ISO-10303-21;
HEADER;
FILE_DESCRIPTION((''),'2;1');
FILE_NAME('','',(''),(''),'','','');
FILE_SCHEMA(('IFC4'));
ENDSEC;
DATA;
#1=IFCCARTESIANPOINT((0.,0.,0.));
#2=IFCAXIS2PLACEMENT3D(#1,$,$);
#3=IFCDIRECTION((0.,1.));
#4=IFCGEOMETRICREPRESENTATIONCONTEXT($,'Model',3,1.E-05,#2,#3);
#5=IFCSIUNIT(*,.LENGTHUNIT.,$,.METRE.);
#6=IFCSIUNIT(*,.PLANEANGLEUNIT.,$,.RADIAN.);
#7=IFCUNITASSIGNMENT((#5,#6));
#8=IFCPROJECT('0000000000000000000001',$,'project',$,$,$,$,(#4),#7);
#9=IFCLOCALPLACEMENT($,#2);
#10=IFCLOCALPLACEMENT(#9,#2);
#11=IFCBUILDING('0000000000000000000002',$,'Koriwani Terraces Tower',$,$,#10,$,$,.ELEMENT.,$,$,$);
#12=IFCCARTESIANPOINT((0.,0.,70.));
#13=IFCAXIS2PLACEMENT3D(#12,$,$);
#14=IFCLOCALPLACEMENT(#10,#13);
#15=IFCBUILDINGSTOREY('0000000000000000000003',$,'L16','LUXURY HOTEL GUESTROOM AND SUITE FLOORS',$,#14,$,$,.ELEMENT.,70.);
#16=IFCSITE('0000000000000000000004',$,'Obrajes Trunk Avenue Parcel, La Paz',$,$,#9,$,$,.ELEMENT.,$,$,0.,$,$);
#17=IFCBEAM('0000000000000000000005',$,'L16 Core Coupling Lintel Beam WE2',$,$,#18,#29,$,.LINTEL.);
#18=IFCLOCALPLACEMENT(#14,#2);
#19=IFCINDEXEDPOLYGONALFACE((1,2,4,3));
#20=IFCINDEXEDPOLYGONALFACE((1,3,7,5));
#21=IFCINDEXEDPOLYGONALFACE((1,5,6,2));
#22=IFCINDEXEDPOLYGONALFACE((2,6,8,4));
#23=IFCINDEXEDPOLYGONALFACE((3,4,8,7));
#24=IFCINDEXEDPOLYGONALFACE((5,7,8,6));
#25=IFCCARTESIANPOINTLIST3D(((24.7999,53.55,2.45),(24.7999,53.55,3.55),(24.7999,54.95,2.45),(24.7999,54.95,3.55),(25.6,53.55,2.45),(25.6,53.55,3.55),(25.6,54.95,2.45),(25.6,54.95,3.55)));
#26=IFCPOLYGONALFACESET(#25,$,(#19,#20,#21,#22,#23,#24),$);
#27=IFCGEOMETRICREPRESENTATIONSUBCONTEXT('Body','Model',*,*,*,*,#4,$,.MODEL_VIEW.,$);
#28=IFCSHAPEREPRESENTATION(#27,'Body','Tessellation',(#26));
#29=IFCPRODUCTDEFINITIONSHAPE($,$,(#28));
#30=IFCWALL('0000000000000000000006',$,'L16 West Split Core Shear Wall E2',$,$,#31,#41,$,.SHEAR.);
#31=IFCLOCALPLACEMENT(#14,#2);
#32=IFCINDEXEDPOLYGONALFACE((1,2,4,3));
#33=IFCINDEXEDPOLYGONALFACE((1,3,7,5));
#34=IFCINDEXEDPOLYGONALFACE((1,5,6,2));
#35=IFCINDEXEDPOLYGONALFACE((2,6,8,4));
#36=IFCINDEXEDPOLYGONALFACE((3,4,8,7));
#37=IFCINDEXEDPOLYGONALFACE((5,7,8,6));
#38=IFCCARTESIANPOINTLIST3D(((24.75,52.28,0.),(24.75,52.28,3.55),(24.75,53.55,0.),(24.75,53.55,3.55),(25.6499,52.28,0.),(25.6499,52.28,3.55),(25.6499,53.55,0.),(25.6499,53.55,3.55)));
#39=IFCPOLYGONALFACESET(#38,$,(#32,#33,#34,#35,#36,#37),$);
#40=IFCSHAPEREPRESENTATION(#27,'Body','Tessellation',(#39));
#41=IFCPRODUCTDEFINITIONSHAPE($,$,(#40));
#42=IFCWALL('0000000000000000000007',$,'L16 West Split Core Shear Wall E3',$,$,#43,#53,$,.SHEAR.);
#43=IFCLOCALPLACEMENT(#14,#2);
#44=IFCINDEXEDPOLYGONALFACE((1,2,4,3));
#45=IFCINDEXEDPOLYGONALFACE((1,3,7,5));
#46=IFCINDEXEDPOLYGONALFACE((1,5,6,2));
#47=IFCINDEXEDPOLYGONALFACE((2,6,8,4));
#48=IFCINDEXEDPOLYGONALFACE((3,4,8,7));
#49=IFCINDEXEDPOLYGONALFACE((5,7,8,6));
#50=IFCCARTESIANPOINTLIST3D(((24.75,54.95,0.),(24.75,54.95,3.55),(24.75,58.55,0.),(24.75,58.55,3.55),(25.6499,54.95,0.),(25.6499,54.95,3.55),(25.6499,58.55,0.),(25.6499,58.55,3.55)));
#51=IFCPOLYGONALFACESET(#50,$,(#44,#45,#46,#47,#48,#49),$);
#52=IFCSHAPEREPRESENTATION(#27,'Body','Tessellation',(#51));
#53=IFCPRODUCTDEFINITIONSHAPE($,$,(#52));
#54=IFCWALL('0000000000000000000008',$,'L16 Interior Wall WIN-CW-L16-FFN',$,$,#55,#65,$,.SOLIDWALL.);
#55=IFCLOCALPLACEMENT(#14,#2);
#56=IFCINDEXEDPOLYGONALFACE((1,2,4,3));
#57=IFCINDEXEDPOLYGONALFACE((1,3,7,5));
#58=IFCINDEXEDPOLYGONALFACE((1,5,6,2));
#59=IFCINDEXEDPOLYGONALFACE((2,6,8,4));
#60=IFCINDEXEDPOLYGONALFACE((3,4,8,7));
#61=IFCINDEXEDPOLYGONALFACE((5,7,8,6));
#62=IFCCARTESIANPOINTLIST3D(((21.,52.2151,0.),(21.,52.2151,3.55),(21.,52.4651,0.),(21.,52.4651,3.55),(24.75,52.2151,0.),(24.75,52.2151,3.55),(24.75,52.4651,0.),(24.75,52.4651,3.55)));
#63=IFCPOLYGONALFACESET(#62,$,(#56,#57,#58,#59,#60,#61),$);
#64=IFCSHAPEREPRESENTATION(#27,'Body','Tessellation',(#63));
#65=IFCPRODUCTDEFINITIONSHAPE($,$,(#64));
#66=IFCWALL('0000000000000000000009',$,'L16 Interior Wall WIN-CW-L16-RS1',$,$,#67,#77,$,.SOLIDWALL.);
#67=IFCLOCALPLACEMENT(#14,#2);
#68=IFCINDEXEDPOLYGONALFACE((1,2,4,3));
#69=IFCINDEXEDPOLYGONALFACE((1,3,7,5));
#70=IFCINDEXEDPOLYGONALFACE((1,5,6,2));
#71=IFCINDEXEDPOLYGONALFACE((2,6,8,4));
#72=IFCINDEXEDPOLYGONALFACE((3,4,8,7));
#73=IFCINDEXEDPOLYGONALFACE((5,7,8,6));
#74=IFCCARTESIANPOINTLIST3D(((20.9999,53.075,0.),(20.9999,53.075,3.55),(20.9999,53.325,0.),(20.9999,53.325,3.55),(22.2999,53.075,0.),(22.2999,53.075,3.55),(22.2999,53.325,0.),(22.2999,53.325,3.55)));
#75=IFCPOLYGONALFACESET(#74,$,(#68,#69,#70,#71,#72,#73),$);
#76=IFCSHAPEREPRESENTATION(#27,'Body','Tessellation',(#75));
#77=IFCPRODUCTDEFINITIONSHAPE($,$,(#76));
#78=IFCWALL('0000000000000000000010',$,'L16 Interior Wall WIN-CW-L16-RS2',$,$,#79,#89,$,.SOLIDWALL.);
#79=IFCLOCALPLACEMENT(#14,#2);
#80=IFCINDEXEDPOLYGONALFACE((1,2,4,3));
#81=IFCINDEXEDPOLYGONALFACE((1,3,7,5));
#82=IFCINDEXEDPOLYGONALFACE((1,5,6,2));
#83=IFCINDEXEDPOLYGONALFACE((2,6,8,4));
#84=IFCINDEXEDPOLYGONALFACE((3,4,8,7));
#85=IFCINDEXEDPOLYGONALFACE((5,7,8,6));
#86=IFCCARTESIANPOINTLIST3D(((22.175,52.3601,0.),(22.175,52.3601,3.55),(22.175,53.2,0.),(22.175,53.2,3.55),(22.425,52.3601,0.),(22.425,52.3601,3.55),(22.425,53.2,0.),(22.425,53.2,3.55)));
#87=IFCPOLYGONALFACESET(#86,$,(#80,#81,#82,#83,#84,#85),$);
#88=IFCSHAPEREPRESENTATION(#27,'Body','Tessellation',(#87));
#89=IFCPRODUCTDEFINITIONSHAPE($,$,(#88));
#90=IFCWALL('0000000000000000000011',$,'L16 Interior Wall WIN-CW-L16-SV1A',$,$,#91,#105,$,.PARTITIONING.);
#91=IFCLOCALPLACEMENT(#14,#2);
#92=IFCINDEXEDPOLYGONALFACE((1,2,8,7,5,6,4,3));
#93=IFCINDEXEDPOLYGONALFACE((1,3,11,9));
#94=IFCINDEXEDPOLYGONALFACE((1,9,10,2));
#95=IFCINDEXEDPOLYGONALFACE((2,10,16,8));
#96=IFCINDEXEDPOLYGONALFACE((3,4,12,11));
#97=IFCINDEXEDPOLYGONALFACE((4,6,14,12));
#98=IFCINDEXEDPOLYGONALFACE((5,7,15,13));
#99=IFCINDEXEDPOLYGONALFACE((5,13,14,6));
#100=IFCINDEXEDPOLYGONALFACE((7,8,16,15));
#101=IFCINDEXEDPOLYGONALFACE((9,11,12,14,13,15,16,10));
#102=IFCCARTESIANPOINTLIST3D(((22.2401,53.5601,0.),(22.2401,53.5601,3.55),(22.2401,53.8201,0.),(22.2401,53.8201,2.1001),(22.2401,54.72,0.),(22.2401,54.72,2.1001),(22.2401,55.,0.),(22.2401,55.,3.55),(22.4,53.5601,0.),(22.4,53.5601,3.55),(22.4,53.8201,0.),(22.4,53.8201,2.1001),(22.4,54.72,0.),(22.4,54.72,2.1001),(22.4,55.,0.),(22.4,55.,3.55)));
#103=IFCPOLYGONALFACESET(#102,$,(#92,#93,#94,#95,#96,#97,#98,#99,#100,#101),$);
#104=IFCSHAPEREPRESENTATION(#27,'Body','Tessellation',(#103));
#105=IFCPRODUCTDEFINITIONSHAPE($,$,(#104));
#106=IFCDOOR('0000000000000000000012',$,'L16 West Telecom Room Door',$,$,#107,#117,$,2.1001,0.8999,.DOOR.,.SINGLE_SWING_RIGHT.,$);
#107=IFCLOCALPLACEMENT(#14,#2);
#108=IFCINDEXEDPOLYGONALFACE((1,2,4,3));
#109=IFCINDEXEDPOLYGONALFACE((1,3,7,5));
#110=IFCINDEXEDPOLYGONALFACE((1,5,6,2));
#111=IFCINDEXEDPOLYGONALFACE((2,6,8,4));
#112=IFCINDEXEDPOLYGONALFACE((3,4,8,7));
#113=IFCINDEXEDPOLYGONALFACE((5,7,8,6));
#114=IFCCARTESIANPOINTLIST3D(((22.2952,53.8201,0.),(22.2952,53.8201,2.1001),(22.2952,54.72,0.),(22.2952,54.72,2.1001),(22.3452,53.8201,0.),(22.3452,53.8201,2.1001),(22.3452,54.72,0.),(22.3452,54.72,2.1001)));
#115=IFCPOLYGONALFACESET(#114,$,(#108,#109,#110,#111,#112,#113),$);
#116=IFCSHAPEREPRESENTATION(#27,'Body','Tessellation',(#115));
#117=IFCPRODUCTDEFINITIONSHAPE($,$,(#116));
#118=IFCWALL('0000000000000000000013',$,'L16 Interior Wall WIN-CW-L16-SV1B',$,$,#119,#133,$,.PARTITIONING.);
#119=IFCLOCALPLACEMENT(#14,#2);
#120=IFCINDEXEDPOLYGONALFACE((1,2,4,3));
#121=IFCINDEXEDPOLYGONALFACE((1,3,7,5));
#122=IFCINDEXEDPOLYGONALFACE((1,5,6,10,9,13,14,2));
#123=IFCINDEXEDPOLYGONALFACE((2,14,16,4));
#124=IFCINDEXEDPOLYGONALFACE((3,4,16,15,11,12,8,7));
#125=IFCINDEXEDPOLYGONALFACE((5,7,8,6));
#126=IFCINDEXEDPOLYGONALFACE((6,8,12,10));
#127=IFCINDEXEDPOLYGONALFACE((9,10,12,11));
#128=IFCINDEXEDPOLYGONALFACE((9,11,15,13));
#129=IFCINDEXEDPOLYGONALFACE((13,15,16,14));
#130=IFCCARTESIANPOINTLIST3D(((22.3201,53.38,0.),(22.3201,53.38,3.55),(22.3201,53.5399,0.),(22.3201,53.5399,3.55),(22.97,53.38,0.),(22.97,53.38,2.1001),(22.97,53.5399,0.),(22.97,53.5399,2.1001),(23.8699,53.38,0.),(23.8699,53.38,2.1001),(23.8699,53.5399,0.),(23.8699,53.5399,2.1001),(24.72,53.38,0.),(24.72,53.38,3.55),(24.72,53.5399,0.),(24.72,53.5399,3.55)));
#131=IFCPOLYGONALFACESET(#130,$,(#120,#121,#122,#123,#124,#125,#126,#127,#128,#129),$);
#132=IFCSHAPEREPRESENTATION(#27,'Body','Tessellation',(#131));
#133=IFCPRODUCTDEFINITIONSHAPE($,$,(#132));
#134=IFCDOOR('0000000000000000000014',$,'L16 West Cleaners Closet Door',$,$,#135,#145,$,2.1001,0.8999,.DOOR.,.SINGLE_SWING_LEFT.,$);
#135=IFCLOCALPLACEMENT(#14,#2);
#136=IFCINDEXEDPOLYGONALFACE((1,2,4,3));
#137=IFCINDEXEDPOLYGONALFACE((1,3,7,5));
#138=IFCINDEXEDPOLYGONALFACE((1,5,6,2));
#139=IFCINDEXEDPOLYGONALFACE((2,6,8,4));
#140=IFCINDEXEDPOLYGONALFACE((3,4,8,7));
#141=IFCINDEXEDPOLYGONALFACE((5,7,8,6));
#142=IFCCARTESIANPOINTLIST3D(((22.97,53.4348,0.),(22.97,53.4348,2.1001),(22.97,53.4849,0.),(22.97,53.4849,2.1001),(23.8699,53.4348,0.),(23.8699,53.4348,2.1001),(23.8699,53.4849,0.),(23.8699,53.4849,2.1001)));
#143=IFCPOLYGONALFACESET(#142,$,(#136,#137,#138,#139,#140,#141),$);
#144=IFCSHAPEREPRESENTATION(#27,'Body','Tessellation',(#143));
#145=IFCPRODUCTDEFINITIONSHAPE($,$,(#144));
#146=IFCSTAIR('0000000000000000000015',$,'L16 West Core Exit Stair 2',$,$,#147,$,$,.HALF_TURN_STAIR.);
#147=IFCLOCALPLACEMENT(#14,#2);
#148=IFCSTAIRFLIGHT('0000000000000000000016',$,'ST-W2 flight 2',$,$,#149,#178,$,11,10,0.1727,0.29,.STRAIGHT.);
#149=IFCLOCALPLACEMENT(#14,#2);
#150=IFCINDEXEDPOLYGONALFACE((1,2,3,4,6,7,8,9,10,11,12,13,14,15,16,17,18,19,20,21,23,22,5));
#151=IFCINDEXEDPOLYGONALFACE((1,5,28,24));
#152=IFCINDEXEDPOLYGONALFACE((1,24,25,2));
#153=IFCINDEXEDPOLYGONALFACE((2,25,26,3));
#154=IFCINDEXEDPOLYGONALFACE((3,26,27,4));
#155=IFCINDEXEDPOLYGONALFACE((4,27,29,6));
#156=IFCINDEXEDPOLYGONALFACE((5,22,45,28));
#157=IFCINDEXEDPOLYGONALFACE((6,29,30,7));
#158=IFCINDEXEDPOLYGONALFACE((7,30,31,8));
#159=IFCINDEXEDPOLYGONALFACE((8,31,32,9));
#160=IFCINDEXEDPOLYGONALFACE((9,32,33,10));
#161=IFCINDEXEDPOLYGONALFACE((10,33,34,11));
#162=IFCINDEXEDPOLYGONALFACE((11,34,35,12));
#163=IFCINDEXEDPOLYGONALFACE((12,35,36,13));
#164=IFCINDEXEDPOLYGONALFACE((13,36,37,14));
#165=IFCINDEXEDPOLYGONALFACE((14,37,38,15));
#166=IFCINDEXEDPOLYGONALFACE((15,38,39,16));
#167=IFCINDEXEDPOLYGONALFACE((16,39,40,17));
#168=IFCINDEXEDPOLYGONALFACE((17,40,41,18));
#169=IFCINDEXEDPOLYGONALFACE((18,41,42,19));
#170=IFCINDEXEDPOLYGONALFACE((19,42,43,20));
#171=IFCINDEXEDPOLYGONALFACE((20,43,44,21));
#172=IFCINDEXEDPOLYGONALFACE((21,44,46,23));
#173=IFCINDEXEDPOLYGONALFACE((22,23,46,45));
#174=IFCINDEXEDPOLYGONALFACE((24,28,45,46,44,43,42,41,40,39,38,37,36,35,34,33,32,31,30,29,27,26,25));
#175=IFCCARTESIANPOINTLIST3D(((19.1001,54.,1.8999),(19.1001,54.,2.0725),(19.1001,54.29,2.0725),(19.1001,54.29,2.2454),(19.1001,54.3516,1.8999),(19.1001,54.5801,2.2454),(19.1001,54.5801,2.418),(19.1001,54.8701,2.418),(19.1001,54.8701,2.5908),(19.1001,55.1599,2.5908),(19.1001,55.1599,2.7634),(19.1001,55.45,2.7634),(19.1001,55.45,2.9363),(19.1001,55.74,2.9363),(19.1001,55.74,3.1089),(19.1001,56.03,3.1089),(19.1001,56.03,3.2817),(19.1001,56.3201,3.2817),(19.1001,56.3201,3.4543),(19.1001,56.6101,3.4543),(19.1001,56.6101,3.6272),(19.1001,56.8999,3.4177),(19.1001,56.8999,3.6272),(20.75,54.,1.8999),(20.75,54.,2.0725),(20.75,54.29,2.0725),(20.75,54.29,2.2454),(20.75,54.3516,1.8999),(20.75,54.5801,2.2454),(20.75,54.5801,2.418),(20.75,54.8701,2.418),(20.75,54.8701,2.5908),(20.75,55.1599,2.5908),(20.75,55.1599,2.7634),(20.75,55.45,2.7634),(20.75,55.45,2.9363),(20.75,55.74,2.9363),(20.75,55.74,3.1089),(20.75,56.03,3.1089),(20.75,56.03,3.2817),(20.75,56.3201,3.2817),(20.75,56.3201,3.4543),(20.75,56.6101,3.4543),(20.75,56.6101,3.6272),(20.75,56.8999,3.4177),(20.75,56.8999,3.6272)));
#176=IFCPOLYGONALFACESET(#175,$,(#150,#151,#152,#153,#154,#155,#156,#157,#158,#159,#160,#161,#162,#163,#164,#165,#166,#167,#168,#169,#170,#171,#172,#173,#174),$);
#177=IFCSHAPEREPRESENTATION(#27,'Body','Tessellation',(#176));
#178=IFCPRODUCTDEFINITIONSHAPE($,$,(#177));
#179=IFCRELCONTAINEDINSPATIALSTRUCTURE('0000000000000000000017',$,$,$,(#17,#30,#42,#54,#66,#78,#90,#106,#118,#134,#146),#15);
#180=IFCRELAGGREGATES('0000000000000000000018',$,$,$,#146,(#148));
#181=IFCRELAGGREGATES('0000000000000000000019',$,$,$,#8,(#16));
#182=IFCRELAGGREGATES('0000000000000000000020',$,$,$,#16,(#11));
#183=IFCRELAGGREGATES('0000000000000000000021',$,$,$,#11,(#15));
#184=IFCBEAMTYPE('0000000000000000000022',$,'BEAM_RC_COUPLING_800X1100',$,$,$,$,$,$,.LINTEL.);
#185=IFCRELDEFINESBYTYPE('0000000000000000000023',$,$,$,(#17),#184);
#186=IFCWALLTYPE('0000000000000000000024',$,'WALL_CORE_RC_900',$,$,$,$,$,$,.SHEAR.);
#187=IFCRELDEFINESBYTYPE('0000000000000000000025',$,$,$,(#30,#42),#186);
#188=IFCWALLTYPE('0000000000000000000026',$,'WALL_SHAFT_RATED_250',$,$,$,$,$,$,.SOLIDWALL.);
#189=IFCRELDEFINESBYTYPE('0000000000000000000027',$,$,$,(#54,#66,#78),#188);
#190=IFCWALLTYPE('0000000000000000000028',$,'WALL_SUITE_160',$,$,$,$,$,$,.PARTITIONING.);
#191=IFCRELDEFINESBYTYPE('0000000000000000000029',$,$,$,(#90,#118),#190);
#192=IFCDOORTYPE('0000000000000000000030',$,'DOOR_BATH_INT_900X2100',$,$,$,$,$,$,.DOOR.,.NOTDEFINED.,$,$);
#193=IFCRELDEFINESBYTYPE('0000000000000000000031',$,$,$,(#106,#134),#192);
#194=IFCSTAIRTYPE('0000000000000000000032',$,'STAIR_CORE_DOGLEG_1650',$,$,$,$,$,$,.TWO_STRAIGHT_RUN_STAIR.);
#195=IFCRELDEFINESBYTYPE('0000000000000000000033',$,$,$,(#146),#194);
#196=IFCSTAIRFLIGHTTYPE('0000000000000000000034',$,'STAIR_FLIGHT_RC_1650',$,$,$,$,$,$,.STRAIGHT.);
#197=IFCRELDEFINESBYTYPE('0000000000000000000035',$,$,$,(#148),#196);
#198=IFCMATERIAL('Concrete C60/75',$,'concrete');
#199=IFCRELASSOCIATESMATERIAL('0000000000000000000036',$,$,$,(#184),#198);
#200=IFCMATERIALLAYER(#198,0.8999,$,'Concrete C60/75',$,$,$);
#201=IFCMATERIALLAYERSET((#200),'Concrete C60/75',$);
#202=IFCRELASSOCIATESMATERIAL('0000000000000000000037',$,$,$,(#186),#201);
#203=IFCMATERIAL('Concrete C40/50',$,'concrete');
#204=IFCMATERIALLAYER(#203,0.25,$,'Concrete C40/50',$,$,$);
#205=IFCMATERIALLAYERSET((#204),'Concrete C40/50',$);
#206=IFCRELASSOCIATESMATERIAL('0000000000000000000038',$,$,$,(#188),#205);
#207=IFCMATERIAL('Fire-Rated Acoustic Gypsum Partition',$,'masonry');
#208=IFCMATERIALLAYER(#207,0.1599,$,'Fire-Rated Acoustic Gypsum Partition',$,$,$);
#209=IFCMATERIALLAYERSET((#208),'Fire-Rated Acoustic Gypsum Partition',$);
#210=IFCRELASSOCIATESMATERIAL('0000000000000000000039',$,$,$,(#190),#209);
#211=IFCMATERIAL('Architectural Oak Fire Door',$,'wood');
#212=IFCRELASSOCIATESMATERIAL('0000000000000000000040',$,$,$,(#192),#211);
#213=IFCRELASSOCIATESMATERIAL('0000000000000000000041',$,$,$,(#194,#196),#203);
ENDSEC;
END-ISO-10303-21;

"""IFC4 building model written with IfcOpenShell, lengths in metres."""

from ifc_helpers import new_model, si_unit, direction, frame, frame_2d, origin, origin_2d, place, context, subcontext, project, spatial, polyline, rectangle, outline, extrude, material, layer, layer_set, material_profile, profile_set, type_object, element, fill, aggregate, save


model = new_model("IFC4")

# Units and contexts
model_context = context("Model", 3, precision=1e-05, world=origin(), true_north=direction((0.0, 1.0)))
body_context = subcontext(model_context, "Body", "Model", "MODEL_VIEW")
ifc_project = project(units=[si_unit("LENGTHUNIT", "METRE"), si_unit("PLANEANGLEUNIT", "RADIAN")], contexts=[model_context])

# Site, building, storey
site_placement = place(None, origin())
site = spatial("IfcSite", under=ifc_project, at=site_placement, Name="Obrajes Trunk Avenue Parcel, La Paz", CompositionType="ELEMENT", RefElevation=0.0)
building_placement = place(site_placement, origin())
building = spatial("IfcBuilding", under=site, at=building_placement, Name="Koriwani Terraces Tower", CompositionType="ELEMENT")
storey_placement = place(building_placement, frame((0.0, 0.0, 70.0)))
storey = spatial("IfcBuildingStorey", under=building, at=storey_placement, Name="L16", Description="LUXURY HOTEL GUESTROOM AND SUITE FLOORS", CompositionType="ELEMENT", Elevation=70.0)

# Beam
ifc_material_1 = material(Name="Concrete C60/75", Category="concrete")
ifc_material_profile = material_profile(ifc_material_1, rectangle(XDim=0.8, YDim=1.1001, at=origin_2d()), Name="Concrete C60/75", Category="LoadBearing")
ifc_profile_set = profile_set([ifc_material_profile], Name="Concrete C60/75")
beam_type = type_object("IfcBeamType", Name="BEAM_RC_COUPLING_800X1100", PredefinedType="LINTEL", material=ifc_profile_set)
beam_placement = place(storey_placement, frame((25.2, 53.55, 3.0), z_axis=(0.0, 1.0, 0.0), x_axis=(-1.0, 0.0, 0.0)))
element("IfcBeam", 1, at=beam_placement, inside=storey, type_object=beam_type, Name="L16 Core Coupling Lintel Beam WE2", PredefinedType="LINTEL", context=body_context, shape_type="SweptSolid", body=[
    extrude(rectangle(XDim=0.8, YDim=1.1001, at=origin_2d()), origin(), (0.0, 0.0, 1.0), 1.3999),
])

# Walls
ifc_layer_1 = layer(ifc_material_1, 0.8999, Name="Concrete C60/75")
ifc_layer_set_1 = layer_set([ifc_layer_1], Name="Concrete C60/75")
wall_type_1 = type_object("IfcWallType", Name="WALL_CORE_RC_900", PredefinedType="SHEAR", material=ifc_layer_set_1)
wall_1_placement = place(storey_placement, frame((25.2, 52.28, 0.0), z_axis=(0.0, 0.0, 1.0), x_axis=(0.0, 1.0, 0.0)))
element("IfcWall", 2, at=wall_1_placement, inside=storey, type_object=wall_type_1, Name="L16 West Split Core Shear Wall E2", PredefinedType="SHEAR", context=body_context, shape_type="SweptSolid", body=[
    extrude(rectangle(XDim=1.27, YDim=0.8999, at=frame_2d((0.635, 0.0))), origin(), (0.0, 0.0, 1.0), 3.55),
])
wall_2_placement = place(storey_placement, frame((25.2, 54.95, 0.0), z_axis=(0.0, 0.0, 1.0), x_axis=(0.0, 1.0, 0.0)))
element("IfcWall", 3, at=wall_2_placement, inside=storey, type_object=wall_type_1, Name="L16 West Split Core Shear Wall E3", PredefinedType="SHEAR", context=body_context, shape_type="SweptSolid", body=[
    extrude(rectangle(XDim=3.6001, YDim=0.8999, at=frame_2d((1.8, 0.0))), origin(), (0.0, 0.0, 1.0), 3.55),
])
ifc_material_2 = material(Name="Concrete C40/50", Category="concrete")
ifc_layer_2 = layer(ifc_material_2, 0.25, Name="Concrete C40/50")
ifc_layer_set_2 = layer_set([ifc_layer_2], Name="Concrete C40/50")
wall_type_2 = type_object("IfcWallType", Name="WALL_SHAFT_RATED_250", PredefinedType="SOLIDWALL", material=ifc_layer_set_2)
wall_3_placement = place(storey_placement, frame((21.0, 52.3401, 0.0), z_axis=(0.0, 0.0, 1.0), x_axis=(1.0, 0.0, 0.0)))
element("IfcWall", 4, at=wall_3_placement, inside=storey, type_object=wall_type_2, Name="L16 Interior Wall WIN-CW-L16-FFN", PredefinedType="SOLIDWALL", context=body_context, shape_type="SweptSolid", body=[
    extrude(rectangle(XDim=3.75, YDim=0.25, at=frame_2d((1.875, 0.0))), origin(), (0.0, 0.0, 1.0), 3.55),
])

# Walls
wall_4_placement = place(storey_placement, frame((21.0, 53.2, 0.0), z_axis=(0.0, 0.0, 1.0), x_axis=(1.0, 0.0, 0.0)))
element("IfcWall", 5, at=wall_4_placement, inside=storey, type_object=wall_type_2, Name="L16 Interior Wall WIN-CW-L16-RS1", PredefinedType="SOLIDWALL", context=body_context, shape_type="SweptSolid", body=[
    extrude(rectangle(XDim=1.3, YDim=0.25, at=frame_2d((0.6499, 0.0))), origin(), (0.0, 0.0, 1.0), 3.55),
])
wall_5_placement = place(storey_placement, frame((22.3, 52.3601, 0.0), z_axis=(0.0, 0.0, 1.0), x_axis=(0.0, 1.0, 0.0)))
element("IfcWall", 6, at=wall_5_placement, inside=storey, type_object=wall_type_2, Name="L16 Interior Wall WIN-CW-L16-RS2", PredefinedType="SOLIDWALL", context=body_context, shape_type="SweptSolid", body=[
    extrude(rectangle(XDim=0.8398, YDim=0.25, at=frame_2d((0.4199, 0.0))), origin(), (0.0, 0.0, 1.0), 3.55),
])

# Walls, openings, doors
ifc_material_3 = material(Name="Fire-Rated Acoustic Gypsum Partition", Category="masonry")
ifc_layer_3 = layer(ifc_material_3, 0.1599, Name="Fire-Rated Acoustic Gypsum Partition")
ifc_layer_set_3 = layer_set([ifc_layer_3], Name="Fire-Rated Acoustic Gypsum Partition")
wall_type_3 = type_object("IfcWallType", Name="WALL_SUITE_160", PredefinedType="PARTITIONING", material=ifc_layer_set_3)
wall_6_placement = place(storey_placement, frame((22.3201, 53.5601, 0.0), z_axis=(0.0, 0.0, 1.0), x_axis=(0.0, 1.0, 0.0)))
wall_6 = element("IfcWall", 7, at=wall_6_placement, inside=storey, type_object=wall_type_3, Name="L16 Interior Wall WIN-CW-L16-SV1A", PredefinedType="PARTITIONING", context=body_context, shape_type="SweptSolid", body=[
    extrude(rectangle(XDim=1.4399, YDim=0.1599, at=frame_2d((0.72, 0.0))), origin(), (0.0, 0.0, 1.0), 3.55),
])
opening_1_placement = place(wall_6_placement, frame((0.26, 0.0, 0.0)))
opening_1 = element("IfcOpeningElement", 8, at=opening_1_placement, cuts=wall_6, PredefinedType="OPENING", context=body_context, shape_type="SweptSolid", body=[
    extrude(rectangle(XDim=0.8999, YDim=2.1001, at=frame_2d((0.45, 1.05))), frame((0.0, 0.0898, 0.0), z_axis=(0.0, -1.0, 0.0), x_axis=(1.0, 0.0, 0.0)), (0.0, 0.0, 1.0), 0.1799),
])
ifc_material_4 = material(Name="Architectural Oak Fire Door", Category="wood")
door_type_1 = type_object("IfcDoorType", Name="DOOR_BATH_INT_900X2100", OperationType="NOTDEFINED", PredefinedType="DOOR", material=ifc_material_4)
door_1_placement = place(opening_1_placement, origin())
door_1 = element("IfcDoor", 9, at=door_1_placement, inside=storey, type_object=door_type_1, Name="L16 West Telecom Room Door", OperationType="SINGLE_SWING_RIGHT", OverallHeight=2.1001, OverallWidth=0.8999, PredefinedType="DOOR", context=body_context, shape_type="SweptSolid", body=[
    extrude(rectangle(XDim=0.8999, YDim=2.1001, at=frame_2d((0.45, 1.05))), frame((0.0, 0.0249, 0.0), z_axis=(0.0, -1.0, 0.0), x_axis=(1.0, 0.0, 0.0)), (0.0, 0.0, 1.0), 0.05),
])
fill(opening_1, door_1)
wall_7_placement = place(storey_placement, frame((22.3201, 53.46, 0.0), z_axis=(0.0, 0.0, 1.0), x_axis=(1.0, 0.0, 0.0)))
wall_7 = element("IfcWall", 10, at=wall_7_placement, inside=storey, type_object=wall_type_3, Name="L16 Interior Wall WIN-CW-L16-SV1B", PredefinedType="PARTITIONING", context=body_context, shape_type="SweptSolid", body=[
    extrude(rectangle(XDim=2.3999, YDim=0.1599, at=frame_2d((1.2, 0.0))), origin(), (0.0, 0.0, 1.0), 3.55),
])
opening_2_placement = place(wall_7_placement, frame((0.6499, 0.0, 0.0)))
opening_2 = element("IfcOpeningElement", 11, at=opening_2_placement, cuts=wall_7, PredefinedType="OPENING", context=body_context, shape_type="SweptSolid", body=[
    extrude(rectangle(XDim=0.8999, YDim=2.1001, at=frame_2d((0.45, 1.05))), frame((0.0, 0.0898, 0.0), z_axis=(0.0, -1.0, 0.0), x_axis=(1.0, 0.0, 0.0)), (0.0, 0.0, 1.0), 0.1799),
])
door_2_placement = place(opening_2_placement, origin())
door_2 = element("IfcDoor", 12, at=door_2_placement, inside=storey, type_object=door_type_1, Name="L16 West Cleaners Closet Door", OperationType="SINGLE_SWING_LEFT", OverallHeight=2.1001, OverallWidth=0.8999, PredefinedType="DOOR", context=body_context, shape_type="SweptSolid", body=[
    extrude(rectangle(XDim=0.8999, YDim=2.1001, at=frame_2d((0.45, 1.05))), frame((0.0, 0.0249, 0.0), z_axis=(0.0, -1.0, 0.0), x_axis=(1.0, 0.0, 0.0)), (0.0, 0.0, 1.0), 0.05),
])
fill(opening_2, door_2)

# Stair, stair flight
stair_type = type_object("IfcStairType", Name="STAIR_CORE_DOGLEG_1650", PredefinedType="TWO_STRAIGHT_RUN_STAIR", material=ifc_material_2)
stair_placement = place(storey_placement, origin())
stair = element("IfcStair", 13, at=stair_placement, inside=storey, type_object=stair_type, Name="L16 West Core Exit Stair 2", PredefinedType="HALF_TURN_STAIR")
stair_flight_type = type_object("IfcStairFlightType", Name="STAIR_FLIGHT_RC_1650", PredefinedType="STRAIGHT", material=ifc_material_2)
stair_flight_placement = place(storey_placement, frame((19.925, 54.0, 1.8999), z_axis=(0.0, 0.0, 1.0), x_axis=(0.0, 1.0, 0.0)))
stair_flight = element("IfcStairFlight", 14, at=stair_flight_placement, type_object=stair_flight_type, Name="ST-W2 flight 2", NumberOfRisers=11, NumberOfTreads=10, PredefinedType="STRAIGHT", RiserHeight=0.1727, TreadLength=0.29, context=body_context, shape_type="SweptSolid", body=[
    extrude(outline(polyline([(0.0, 0.0), (0.0, 0.1726), (0.29, 0.1726), (0.29, 0.3455), (0.5801, 0.3455), (0.5801, 0.5181), (0.8701, 0.5181), (0.8701, 0.6909), (1.1599, 0.6909), (1.1599, 0.8635), (1.45, 0.8635), (1.45, 1.0364), (1.74, 1.0364), (1.74, 1.209), (2.03, 1.209), (2.03, 1.3818), (2.3201, 1.3818), (2.3201, 1.5544), (2.6101, 1.5544), (2.6101, 1.7273), (2.8999, 1.7273), (2.8999, 1.8999), (2.8999, 1.5178), (0.3516, 0.0), (0.0, 0.0)])), frame((0.0, 0.825, 0.0), z_axis=(0.0, -1.0, 0.0), x_axis=(1.0, 0.0, 0.0)), (0.0, 0.0, 1.0), 1.6499),
])
aggregate(stair, [stair_flight])

save(model, "model.ifc")
